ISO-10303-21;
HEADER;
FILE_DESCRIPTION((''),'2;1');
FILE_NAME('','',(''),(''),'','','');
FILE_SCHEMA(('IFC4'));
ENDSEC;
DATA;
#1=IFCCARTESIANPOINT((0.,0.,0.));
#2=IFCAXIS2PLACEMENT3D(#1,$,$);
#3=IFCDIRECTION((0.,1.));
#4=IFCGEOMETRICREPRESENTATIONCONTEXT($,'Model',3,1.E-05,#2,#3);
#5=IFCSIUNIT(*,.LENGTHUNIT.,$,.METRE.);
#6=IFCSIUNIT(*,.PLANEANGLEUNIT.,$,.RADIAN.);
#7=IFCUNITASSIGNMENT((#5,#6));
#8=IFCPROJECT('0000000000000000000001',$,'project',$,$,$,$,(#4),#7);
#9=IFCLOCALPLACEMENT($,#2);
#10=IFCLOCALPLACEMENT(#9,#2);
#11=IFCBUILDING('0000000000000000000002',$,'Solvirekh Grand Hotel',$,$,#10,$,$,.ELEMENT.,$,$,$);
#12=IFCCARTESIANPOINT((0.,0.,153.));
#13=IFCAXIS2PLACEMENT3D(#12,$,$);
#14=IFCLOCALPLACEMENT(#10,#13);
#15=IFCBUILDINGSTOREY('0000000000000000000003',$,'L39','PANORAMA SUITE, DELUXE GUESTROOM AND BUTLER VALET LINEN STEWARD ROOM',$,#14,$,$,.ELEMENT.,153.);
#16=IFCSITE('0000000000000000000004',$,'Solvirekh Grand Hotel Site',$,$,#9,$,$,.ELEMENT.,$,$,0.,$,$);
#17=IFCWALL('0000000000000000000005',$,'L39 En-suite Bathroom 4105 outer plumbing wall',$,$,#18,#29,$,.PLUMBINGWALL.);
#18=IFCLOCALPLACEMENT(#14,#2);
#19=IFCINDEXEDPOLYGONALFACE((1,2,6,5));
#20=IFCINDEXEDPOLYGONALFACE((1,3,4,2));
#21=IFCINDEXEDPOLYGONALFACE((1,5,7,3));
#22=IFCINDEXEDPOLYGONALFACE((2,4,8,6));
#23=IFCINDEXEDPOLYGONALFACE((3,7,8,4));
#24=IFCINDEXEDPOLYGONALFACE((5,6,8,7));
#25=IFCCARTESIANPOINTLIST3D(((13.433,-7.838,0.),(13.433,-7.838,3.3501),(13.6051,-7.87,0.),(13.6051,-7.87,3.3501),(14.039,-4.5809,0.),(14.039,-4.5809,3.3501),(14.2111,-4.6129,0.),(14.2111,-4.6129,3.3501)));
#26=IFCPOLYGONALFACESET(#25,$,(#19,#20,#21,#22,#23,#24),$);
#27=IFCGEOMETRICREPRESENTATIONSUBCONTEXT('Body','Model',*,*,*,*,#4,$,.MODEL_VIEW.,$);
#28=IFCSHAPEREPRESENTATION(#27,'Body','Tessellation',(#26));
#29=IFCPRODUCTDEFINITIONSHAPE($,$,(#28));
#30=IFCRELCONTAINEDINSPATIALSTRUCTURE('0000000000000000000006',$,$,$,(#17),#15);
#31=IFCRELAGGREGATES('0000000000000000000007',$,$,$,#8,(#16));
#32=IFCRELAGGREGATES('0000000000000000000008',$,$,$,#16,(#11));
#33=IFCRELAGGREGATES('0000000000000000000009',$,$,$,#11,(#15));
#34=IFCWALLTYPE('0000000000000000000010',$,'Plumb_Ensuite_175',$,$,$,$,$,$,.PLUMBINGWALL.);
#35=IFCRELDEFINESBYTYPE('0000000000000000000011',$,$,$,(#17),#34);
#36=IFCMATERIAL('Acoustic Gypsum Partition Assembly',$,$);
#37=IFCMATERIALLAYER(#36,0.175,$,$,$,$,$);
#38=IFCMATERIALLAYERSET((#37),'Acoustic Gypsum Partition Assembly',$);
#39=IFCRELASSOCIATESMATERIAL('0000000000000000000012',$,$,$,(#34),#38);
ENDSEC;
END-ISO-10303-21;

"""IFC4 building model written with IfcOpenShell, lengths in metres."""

from ifc_helpers import new_model, si_unit, direction, frame, frame_2d, origin, place, context, subcontext, project, spatial, rectangle, extrude, material, layer, layer_set, type_object, element, save


model = new_model("IFC4")

# Units and contexts
model_context = context("Model", 3, precision=1e-05, world=origin(), true_north=direction((0.0, 1.0)))
body_context = subcontext(model_context, "Body", "Model", "MODEL_VIEW")
ifc_project = project(units=[si_unit("LENGTHUNIT", "METRE"), si_unit("PLANEANGLEUNIT", "RADIAN")], contexts=[model_context])

# Site, building, storey
site_placement = place(None, origin())
site = spatial("IfcSite", under=ifc_project, at=site_placement, Name="Solvirekh Grand Hotel Site", CompositionType="ELEMENT", RefElevation=0.0)
building_placement = place(site_placement, origin())
building = spatial("IfcBuilding", under=site, at=building_placement, Name="Solvirekh Grand Hotel", CompositionType="ELEMENT")
storey_placement = place(building_placement, frame((0.0, 0.0, 153.0)))
storey = spatial("IfcBuildingStorey", under=building, at=storey_placement, Name="L39", Description="PANORAMA SUITE, DELUXE GUESTROOM AND BUTLER VALET LINEN STEWARD ROOM", CompositionType="ELEMENT", Elevation=153.0)

# Shared definitions
ifc_material_1 = material(Name="Acoustic Gypsum Partition Assembly")

# Wall
ifc_layer_1 = layer(ifc_material_1, 0.175)
ifc_layer_set_1 = layer_set([ifc_layer_1], Name="Acoustic Gypsum Partition Assembly")
wall_type_1 = type_object("IfcWallType", Name="Plumb_Ensuite_175", PredefinedType="PLUMBINGWALL", material=ifc_layer_set_1)
wall_1_placement = place(storey_placement, frame((13.519, -7.854, 0.0), z_axis=(0.0, 0.0, 1.0), x_axis=(0.182905, 0.983131, 0.0)))
element("IfcWall", 1, at=wall_1_placement, inside=storey, type_object=wall_type_1, Name="L39 En-suite Bathroom 4105 outer plumbing wall", PredefinedType="PLUMBINGWALL", context=body_context, shape_type="SweptSolid", body=[
    extrude(rectangle(XDim=3.313, YDim=0.175, at=frame_2d((1.6565, 0.0))), origin(), (0.0, 0.0, 1.0), 3.3501),
])

save(model, "model.ifc")
